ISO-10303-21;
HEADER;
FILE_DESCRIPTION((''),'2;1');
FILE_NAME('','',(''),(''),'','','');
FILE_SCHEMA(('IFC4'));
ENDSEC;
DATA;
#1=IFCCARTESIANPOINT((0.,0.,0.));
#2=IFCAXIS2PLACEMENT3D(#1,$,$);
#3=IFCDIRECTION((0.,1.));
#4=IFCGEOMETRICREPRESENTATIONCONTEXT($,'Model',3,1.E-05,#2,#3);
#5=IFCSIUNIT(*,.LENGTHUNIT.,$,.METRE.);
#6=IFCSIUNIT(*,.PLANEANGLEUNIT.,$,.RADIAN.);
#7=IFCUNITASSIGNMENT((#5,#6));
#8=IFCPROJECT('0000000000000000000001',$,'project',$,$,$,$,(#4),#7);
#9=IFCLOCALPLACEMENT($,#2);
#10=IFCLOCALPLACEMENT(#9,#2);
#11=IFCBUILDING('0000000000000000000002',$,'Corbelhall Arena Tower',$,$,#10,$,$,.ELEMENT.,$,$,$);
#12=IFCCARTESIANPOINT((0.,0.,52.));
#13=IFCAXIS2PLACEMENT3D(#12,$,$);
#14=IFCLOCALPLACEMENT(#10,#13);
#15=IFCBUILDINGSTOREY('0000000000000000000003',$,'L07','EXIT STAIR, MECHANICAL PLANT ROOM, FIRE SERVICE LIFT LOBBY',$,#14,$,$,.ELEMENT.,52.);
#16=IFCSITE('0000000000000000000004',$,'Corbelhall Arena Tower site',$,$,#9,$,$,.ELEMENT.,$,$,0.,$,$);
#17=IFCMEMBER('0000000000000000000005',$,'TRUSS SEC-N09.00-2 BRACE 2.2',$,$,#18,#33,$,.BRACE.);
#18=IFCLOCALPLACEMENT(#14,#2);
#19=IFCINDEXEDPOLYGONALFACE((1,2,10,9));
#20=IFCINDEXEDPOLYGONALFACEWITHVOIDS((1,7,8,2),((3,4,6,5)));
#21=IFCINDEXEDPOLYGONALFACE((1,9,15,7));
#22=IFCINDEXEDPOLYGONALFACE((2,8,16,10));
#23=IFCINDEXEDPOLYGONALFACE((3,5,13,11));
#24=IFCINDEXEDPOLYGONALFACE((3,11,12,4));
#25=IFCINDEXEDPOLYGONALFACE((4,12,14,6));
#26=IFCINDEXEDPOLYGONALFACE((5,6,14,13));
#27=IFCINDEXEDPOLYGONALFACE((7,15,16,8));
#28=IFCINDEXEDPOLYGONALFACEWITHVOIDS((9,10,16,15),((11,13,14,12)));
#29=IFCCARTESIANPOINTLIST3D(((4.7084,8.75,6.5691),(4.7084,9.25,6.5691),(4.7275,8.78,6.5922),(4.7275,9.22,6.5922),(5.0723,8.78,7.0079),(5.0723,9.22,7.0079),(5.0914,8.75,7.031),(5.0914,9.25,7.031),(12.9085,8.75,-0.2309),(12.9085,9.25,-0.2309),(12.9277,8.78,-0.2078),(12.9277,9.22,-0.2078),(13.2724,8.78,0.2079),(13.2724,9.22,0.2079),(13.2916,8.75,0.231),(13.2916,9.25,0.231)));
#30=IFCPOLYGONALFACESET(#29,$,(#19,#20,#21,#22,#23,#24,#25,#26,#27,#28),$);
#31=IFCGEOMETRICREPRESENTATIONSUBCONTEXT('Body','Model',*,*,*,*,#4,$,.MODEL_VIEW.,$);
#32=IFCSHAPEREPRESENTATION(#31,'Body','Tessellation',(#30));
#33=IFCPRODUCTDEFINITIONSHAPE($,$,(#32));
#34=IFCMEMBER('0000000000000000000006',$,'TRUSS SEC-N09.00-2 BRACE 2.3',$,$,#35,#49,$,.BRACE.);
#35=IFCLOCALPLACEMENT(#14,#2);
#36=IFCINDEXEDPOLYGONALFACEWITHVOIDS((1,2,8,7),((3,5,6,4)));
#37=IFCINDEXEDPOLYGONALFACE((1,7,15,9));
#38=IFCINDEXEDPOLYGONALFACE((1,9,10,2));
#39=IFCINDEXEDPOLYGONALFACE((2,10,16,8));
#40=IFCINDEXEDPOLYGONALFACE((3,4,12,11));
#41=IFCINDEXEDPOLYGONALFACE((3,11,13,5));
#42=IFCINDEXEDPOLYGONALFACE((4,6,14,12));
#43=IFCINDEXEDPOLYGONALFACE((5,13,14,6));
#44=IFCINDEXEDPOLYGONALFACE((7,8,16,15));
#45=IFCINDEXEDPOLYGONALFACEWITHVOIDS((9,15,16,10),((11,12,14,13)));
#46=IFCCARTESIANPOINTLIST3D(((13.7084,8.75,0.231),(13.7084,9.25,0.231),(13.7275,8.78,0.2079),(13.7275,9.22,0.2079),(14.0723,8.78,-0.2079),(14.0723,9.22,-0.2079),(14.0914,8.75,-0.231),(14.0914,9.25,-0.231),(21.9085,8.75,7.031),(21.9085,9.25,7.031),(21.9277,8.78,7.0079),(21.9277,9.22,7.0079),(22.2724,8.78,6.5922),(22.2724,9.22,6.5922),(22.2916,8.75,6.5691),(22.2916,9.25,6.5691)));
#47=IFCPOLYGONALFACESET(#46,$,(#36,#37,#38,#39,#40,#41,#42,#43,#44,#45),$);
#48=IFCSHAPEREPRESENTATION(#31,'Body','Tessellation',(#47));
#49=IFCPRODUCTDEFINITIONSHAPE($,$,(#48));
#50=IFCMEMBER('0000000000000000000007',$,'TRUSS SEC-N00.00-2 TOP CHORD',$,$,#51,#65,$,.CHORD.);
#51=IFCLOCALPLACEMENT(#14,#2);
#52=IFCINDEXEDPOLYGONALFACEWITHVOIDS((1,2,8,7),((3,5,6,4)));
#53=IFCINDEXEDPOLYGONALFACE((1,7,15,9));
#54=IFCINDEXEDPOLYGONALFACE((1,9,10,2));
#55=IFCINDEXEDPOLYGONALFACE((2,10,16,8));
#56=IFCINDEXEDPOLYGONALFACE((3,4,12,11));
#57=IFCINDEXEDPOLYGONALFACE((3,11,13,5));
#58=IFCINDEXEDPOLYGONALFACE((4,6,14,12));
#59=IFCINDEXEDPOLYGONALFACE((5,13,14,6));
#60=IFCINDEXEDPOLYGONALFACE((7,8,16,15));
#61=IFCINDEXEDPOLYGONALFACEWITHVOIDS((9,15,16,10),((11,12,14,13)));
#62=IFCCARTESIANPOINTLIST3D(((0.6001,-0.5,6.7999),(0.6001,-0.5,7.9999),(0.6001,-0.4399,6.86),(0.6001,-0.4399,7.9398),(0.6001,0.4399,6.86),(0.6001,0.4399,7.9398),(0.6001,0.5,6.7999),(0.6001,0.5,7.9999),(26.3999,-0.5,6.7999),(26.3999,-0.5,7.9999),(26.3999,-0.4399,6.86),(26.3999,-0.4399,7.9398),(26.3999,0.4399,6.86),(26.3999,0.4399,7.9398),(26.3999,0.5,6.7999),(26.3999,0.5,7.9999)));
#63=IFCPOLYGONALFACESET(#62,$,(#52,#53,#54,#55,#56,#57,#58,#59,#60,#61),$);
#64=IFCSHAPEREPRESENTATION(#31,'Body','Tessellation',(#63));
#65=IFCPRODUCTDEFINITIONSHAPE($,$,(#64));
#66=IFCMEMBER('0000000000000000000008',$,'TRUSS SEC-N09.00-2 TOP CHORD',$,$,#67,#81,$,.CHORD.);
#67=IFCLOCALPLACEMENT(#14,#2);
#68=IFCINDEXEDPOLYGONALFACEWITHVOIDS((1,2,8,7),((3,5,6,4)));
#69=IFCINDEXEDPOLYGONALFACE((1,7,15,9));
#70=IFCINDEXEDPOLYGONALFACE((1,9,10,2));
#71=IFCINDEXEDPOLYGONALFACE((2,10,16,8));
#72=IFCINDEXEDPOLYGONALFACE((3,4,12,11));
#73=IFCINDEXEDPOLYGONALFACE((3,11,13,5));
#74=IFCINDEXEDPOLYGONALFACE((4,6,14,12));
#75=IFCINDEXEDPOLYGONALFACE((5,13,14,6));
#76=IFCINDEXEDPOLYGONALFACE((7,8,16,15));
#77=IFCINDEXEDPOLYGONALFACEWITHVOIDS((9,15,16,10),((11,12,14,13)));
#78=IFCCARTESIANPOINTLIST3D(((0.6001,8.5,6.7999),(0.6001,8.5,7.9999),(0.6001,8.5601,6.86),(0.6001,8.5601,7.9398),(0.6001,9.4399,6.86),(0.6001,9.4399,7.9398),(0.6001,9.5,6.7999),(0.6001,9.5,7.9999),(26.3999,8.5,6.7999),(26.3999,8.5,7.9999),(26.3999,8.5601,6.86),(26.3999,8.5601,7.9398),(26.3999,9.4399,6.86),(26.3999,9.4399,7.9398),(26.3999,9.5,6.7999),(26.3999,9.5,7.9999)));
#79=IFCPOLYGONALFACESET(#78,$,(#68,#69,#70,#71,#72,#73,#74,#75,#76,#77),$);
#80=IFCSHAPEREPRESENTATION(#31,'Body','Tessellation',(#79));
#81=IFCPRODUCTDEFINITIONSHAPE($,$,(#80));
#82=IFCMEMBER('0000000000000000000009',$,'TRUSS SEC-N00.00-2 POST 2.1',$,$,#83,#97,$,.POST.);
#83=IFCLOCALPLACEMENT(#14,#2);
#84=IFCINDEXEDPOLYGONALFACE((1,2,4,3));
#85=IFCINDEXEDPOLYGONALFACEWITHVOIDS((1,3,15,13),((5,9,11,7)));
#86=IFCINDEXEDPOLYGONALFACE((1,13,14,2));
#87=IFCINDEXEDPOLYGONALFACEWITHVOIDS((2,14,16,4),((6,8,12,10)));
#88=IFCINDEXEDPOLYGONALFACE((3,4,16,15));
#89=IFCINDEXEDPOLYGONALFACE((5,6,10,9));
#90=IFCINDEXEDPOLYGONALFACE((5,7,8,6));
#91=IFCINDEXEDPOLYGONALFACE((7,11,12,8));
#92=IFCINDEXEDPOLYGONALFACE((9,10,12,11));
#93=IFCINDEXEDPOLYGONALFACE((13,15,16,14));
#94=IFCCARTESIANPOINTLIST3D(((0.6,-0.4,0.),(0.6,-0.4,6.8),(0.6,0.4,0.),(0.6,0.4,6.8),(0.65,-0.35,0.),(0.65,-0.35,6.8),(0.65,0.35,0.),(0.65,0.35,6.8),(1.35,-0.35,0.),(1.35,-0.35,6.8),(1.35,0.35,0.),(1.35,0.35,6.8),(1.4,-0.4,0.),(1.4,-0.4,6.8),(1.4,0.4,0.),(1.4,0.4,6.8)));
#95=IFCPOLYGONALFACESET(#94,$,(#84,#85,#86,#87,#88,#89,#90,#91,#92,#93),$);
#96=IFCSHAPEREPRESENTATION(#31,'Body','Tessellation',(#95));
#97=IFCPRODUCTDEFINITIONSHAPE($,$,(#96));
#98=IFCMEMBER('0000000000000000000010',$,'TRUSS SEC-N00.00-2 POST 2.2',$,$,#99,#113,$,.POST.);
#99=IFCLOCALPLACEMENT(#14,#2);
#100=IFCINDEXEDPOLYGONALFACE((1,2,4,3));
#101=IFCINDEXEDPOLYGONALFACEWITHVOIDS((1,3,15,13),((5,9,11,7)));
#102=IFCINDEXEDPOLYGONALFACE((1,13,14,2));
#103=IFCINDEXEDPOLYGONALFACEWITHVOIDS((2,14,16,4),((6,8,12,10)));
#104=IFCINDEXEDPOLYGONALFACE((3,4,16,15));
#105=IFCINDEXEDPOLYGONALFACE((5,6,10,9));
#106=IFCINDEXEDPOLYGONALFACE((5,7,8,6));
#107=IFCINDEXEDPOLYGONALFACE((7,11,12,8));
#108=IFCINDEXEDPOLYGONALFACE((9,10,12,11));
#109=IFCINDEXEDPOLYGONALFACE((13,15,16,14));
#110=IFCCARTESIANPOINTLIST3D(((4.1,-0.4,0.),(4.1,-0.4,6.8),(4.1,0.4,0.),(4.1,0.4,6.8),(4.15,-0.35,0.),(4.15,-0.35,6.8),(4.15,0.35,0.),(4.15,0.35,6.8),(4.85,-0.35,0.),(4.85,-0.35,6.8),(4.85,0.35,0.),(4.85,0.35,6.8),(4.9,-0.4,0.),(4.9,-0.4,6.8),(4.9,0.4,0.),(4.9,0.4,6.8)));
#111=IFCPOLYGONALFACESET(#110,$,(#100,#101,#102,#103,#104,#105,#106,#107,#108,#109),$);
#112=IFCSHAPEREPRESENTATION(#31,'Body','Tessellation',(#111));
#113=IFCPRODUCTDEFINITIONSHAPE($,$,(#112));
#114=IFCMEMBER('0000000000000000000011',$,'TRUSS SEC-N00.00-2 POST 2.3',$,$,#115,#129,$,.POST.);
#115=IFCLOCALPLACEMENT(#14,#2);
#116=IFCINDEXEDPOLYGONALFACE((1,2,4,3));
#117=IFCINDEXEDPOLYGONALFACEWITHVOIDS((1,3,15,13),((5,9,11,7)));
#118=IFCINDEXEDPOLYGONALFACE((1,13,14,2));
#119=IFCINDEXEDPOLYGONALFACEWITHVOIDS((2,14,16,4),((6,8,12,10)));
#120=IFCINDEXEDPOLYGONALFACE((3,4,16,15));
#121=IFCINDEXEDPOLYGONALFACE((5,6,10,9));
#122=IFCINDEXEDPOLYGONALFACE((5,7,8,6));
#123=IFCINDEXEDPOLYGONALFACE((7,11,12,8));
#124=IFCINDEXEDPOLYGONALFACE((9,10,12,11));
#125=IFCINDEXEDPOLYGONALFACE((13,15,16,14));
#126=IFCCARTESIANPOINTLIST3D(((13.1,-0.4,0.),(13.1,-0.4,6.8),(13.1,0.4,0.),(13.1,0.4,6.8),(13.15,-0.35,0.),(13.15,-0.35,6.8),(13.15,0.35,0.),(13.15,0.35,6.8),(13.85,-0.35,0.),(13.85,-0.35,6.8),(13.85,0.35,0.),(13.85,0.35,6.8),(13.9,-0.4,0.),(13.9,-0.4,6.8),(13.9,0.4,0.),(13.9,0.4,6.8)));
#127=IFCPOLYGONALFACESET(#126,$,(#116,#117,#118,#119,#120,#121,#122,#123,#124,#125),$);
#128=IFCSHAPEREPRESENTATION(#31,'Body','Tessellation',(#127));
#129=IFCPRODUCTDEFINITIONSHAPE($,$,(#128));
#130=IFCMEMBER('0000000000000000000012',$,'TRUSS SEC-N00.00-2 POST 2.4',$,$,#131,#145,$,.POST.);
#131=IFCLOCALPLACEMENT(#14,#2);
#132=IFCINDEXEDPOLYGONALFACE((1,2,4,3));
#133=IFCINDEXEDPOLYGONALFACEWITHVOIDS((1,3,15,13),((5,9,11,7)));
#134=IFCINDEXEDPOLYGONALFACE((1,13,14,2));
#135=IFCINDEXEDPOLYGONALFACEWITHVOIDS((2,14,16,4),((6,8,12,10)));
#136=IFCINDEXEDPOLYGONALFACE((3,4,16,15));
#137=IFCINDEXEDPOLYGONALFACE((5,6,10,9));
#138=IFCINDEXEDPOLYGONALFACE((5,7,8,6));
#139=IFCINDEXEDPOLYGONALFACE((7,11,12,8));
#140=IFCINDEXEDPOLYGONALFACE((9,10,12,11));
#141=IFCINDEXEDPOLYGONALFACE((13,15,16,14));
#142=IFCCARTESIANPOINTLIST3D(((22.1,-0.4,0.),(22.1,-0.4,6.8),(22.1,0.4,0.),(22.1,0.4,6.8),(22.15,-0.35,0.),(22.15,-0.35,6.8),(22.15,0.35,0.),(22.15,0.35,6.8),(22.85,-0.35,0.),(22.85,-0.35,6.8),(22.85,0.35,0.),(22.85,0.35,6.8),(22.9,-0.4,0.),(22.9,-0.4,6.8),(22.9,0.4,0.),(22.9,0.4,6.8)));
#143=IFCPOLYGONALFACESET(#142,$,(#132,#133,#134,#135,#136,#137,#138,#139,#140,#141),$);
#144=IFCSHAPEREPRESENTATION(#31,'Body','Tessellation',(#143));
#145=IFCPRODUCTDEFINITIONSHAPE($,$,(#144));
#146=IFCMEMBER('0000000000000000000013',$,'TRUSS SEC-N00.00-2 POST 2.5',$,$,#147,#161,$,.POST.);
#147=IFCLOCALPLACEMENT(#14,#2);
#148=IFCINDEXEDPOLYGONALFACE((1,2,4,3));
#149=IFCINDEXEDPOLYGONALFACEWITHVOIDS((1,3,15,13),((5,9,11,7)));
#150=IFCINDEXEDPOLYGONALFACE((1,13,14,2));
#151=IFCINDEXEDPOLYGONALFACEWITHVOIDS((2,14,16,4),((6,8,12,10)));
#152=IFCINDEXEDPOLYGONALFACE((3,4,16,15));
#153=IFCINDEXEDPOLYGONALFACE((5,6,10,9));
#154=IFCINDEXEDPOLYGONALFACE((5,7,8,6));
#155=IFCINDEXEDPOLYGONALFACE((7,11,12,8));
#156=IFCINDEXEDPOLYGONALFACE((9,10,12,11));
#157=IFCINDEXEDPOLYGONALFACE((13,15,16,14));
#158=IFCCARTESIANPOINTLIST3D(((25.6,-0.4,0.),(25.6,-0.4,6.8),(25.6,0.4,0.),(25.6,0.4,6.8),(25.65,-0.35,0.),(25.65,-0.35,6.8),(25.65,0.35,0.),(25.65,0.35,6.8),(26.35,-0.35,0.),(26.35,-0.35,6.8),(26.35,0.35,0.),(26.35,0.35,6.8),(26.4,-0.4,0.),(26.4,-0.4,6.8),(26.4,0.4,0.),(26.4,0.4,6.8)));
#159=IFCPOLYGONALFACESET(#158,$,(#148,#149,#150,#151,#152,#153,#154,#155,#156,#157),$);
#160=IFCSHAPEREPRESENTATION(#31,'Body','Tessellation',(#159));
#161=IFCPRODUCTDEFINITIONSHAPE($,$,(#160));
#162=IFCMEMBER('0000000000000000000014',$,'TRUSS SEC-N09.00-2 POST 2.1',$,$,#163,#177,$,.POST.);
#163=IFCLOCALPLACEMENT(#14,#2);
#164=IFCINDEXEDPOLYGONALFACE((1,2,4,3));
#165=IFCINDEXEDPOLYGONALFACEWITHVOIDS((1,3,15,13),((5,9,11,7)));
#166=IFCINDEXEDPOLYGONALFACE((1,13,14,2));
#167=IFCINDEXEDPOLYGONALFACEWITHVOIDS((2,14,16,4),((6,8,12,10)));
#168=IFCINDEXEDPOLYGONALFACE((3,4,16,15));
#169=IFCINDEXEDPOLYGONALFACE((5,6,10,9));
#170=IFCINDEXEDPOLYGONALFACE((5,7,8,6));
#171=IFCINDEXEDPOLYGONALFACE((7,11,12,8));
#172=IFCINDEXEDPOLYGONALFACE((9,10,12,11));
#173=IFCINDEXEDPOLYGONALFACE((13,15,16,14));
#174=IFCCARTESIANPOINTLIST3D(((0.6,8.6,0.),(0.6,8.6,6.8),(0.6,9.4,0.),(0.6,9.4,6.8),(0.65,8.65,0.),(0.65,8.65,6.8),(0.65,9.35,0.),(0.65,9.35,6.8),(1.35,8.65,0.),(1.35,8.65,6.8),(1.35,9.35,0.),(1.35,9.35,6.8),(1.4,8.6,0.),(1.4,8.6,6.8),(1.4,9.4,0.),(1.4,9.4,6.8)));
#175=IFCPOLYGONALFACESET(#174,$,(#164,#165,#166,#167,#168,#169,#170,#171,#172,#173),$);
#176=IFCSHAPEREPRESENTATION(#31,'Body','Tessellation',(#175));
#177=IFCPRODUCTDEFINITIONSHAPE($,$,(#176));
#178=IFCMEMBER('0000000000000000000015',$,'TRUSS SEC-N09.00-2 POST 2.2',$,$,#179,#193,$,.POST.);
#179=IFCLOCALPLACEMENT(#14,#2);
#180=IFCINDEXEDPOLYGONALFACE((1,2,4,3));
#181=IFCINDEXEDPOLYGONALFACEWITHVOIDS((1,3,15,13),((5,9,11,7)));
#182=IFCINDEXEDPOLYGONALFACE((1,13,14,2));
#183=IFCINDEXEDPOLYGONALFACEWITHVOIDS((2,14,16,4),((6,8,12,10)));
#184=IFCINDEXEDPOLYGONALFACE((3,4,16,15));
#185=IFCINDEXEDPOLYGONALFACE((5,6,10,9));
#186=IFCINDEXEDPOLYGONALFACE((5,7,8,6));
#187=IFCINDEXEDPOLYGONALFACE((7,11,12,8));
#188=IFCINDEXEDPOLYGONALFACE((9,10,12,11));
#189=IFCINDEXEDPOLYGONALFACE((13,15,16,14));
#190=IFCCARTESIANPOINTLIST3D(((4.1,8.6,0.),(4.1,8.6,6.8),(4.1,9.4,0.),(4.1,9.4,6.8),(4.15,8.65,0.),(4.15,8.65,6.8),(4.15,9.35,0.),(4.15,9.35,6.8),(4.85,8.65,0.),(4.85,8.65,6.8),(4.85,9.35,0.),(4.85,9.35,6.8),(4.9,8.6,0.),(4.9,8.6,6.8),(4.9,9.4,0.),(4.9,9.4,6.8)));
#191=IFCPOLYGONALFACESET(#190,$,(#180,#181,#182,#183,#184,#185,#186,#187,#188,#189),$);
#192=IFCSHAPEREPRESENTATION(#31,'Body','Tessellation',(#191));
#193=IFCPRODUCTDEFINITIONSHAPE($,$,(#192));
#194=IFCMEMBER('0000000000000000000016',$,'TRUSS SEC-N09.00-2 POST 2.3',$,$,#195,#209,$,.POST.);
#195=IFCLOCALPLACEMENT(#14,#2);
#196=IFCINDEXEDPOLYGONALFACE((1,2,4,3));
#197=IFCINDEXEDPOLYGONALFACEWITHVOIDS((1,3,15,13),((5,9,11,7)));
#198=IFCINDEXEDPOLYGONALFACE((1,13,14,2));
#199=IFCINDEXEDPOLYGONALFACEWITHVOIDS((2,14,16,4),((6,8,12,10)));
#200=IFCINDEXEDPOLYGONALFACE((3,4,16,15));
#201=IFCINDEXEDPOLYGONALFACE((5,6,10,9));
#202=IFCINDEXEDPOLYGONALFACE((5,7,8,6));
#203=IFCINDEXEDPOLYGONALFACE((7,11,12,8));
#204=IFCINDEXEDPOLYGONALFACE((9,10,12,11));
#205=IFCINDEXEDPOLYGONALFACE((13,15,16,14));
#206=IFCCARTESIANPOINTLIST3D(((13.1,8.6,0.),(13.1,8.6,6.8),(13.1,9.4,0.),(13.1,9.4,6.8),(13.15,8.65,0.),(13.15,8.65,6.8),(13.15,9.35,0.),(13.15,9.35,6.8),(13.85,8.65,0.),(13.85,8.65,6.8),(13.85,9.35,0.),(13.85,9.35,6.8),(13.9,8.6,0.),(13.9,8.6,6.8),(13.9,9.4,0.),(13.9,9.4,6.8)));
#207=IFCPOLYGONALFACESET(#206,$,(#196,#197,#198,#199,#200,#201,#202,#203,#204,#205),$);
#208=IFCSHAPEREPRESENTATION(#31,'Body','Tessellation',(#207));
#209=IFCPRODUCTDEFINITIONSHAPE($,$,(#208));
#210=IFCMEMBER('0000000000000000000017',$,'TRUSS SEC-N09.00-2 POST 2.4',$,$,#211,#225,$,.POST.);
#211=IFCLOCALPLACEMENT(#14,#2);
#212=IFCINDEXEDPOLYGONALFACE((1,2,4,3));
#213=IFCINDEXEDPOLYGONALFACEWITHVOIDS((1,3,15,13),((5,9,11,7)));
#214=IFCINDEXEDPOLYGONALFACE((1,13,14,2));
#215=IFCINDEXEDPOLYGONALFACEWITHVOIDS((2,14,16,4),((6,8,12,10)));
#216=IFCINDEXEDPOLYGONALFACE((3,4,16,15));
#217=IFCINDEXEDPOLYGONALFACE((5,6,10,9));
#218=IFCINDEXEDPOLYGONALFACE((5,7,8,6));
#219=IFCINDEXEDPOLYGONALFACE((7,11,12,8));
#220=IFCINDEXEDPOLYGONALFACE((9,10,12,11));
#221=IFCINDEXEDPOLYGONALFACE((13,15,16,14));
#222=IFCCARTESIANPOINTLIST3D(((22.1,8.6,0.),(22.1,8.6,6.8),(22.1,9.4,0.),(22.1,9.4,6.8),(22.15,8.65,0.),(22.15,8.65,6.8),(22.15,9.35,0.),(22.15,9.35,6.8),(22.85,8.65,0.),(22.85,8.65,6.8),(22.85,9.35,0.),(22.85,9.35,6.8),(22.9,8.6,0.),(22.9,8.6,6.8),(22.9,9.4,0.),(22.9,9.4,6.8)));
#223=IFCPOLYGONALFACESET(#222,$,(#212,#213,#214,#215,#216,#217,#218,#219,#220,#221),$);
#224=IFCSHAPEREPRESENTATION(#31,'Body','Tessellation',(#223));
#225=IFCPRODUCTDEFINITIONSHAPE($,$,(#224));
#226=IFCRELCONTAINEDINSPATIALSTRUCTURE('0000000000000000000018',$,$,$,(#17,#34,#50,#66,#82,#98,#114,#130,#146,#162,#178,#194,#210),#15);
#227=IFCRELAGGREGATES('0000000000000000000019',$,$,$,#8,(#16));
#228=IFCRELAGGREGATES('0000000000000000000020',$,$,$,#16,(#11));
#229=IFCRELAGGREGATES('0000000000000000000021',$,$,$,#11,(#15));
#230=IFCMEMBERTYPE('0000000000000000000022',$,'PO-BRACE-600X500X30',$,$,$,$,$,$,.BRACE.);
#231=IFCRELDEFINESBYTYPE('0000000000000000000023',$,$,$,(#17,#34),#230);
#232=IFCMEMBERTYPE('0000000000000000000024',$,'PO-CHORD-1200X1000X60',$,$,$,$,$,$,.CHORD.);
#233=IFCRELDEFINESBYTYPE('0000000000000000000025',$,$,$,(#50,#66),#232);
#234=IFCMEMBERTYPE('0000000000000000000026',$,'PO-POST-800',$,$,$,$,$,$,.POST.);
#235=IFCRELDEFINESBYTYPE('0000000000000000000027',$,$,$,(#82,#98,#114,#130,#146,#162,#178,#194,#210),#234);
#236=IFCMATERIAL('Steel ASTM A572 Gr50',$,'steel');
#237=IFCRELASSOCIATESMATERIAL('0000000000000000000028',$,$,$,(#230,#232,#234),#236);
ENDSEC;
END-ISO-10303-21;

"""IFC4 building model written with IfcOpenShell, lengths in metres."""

from ifc_helpers import new_model, si_unit, direction, frame, origin, origin_2d, place, context, subcontext, project, spatial, hollow_rectangle, extrude, material, material_profile, profile_set, type_object, element, save


model = new_model("IFC4")

# Units and contexts
model_context = context("Model", 3, precision=1e-05, world=origin(), true_north=direction((0.0, 1.0)))
body_context = subcontext(model_context, "Body", "Model", "MODEL_VIEW")
ifc_project = project(units=[si_unit("LENGTHUNIT", "METRE"), si_unit("PLANEANGLEUNIT", "RADIAN")], contexts=[model_context])

# Site, building, storey
site_placement = place(None, origin())
site = spatial("IfcSite", under=ifc_project, at=site_placement, Name="Corbelhall Arena Tower site", CompositionType="ELEMENT", RefElevation=0.0)
building_placement = place(site_placement, origin())
building = spatial("IfcBuilding", under=site, at=building_placement, Name="Corbelhall Arena Tower", CompositionType="ELEMENT")
storey_placement = place(building_placement, frame((0.0, 0.0, 52.0)))
storey = spatial("IfcBuildingStorey", under=building, at=storey_placement, Name="L07", Description="EXIT STAIR, MECHANICAL PLANT ROOM, FIRE SERVICE LIFT LOBBY", CompositionType="ELEMENT", Elevation=52.0)

# Members
ifc_material_1 = material(Name="Steel ASTM A572 Gr50", Category="steel")
ifc_material_profile_1 = material_profile(ifc_material_1, hollow_rectangle(XDim=0.5, YDim=0.6001, WallThickness=0.03, at=origin_2d()))
ifc_profile_set_1 = profile_set([ifc_material_profile_1], Name="Steel ASTM A572 Gr50")
member_type_1 = type_object("IfcMemberType", Name="PO-BRACE-600X500X30", PredefinedType="BRACE", material=ifc_profile_set_1)
for number, where, z_axis, x_axis, name in (
    (1, (4.8999, 9.0, 6.8), (0.769763, 0.0, -0.63833), (0.0, 1.0, 0.0), "TRUSS SEC-N09.00-2 BRACE 2.2"),
    (2, (13.8999, 9.0, 0.0), (0.769763, 0.0, 0.63833), (0.0, 1.0, 0.0), "TRUSS SEC-N09.00-2 BRACE 2.3"),
):
    element("IfcMember", number, at=place(storey_placement, frame(where, z_axis=z_axis, x_axis=x_axis)), inside=storey, type_object=member_type_1, Name=name, PredefinedType="BRACE", context=body_context, shape_type="SweptSolid", body=[
        extrude(hollow_rectangle(XDim=0.5, YDim=0.6001, WallThickness=0.03, at=origin_2d()), origin(), (0.0, 0.0, 1.0), 10.6528),
    ])
ifc_material_profile_2 = material_profile(ifc_material_1, hollow_rectangle(XDim=1.0, YDim=1.2, WallThickness=0.0601, at=origin_2d()))
ifc_profile_set_2 = profile_set([ifc_material_profile_2], Name="Steel ASTM A572 Gr50")
member_type_2 = type_object("IfcMemberType", Name="PO-CHORD-1200X1000X60", PredefinedType="CHORD", material=ifc_profile_set_2)
for number, where, z_axis, x_axis, name in (
    (3, (0.6001, 0.0, 7.3999), (1.0, 0.0, 0.0), (0.0, 1.0, 0.0), "TRUSS SEC-N00.00-2 TOP CHORD"),
    (4, (0.6001, 9.0, 7.3999), (1.0, 0.0, 0.0), (0.0, 1.0, 0.0), "TRUSS SEC-N09.00-2 TOP CHORD"),
):
    element("IfcMember", number, at=place(storey_placement, frame(where, z_axis=z_axis, x_axis=x_axis)), inside=storey, type_object=member_type_2, Name=name, PredefinedType="CHORD", context=body_context, shape_type="SweptSolid", body=[
        extrude(hollow_rectangle(XDim=1.0, YDim=1.2, WallThickness=0.0601, at=origin_2d()), origin(), (0.0, 0.0, 1.0), 25.7998),
    ])
ifc_material_profile_3 = material_profile(ifc_material_1, hollow_rectangle(XDim=0.8, YDim=0.8, WallThickness=0.05, at=origin_2d()))
ifc_profile_set_3 = profile_set([ifc_material_profile_3], Name="Steel ASTM A572 Gr50")
member_type_3 = type_object("IfcMemberType", Name="PO-POST-800", PredefinedType="POST", material=ifc_profile_set_3)
for number, where, z_axis, x_axis, name in (
    (5, (1.0, 0.0, 0.0), (0.0, 0.0, 1.0), (1.0, 0.0, 0.0), "TRUSS SEC-N00.00-2 POST 2.1"),
    (6, (4.5, 0.0, 0.0), (0.0, 0.0, 1.0), (1.0, 0.0, 0.0), "TRUSS SEC-N00.00-2 POST 2.2"),
    (7, (13.5, 0.0, 0.0), (0.0, 0.0, 1.0), (1.0, 0.0, 0.0), "TRUSS SEC-N00.00-2 POST 2.3"),
    (8, (22.5, 0.0, 0.0), (0.0, 0.0, 1.0), (1.0, 0.0, 0.0), "TRUSS SEC-N00.00-2 POST 2.4"),
    (9, (26.0, 0.0, 0.0), (0.0, 0.0, 1.0), (1.0, 0.0, 0.0), "TRUSS SEC-N00.00-2 POST 2.5"),
    (10, (1.0, 9.0, 0.0), (0.0, 0.0, 1.0), (1.0, 0.0, 0.0), "TRUSS SEC-N09.00-2 POST 2.1"),
    (11, (4.5, 9.0, 0.0), (0.0, 0.0, 1.0), (1.0, 0.0, 0.0), "TRUSS SEC-N09.00-2 POST 2.2"),
    (12, (13.5, 9.0, 0.0), (0.0, 0.0, 1.0), (1.0, 0.0, 0.0), "TRUSS SEC-N09.00-2 POST 2.3"),
    (13, (22.5, 9.0, 0.0), (0.0, 0.0, 1.0), (1.0, 0.0, 0.0), "TRUSS SEC-N09.00-2 POST 2.4"),
):
    element("IfcMember", number, at=place(storey_placement, frame(where, z_axis=z_axis, x_axis=x_axis)), inside=storey, type_object=member_type_3, Name=name, PredefinedType="POST", context=body_context, shape_type="SweptSolid", body=[
        extrude(hollow_rectangle(XDim=0.8, YDim=0.8, WallThickness=0.05, at=origin_2d()), origin(), (0.0, 0.0, 1.0), 6.8),
    ])

save(model, "model.ifc")
